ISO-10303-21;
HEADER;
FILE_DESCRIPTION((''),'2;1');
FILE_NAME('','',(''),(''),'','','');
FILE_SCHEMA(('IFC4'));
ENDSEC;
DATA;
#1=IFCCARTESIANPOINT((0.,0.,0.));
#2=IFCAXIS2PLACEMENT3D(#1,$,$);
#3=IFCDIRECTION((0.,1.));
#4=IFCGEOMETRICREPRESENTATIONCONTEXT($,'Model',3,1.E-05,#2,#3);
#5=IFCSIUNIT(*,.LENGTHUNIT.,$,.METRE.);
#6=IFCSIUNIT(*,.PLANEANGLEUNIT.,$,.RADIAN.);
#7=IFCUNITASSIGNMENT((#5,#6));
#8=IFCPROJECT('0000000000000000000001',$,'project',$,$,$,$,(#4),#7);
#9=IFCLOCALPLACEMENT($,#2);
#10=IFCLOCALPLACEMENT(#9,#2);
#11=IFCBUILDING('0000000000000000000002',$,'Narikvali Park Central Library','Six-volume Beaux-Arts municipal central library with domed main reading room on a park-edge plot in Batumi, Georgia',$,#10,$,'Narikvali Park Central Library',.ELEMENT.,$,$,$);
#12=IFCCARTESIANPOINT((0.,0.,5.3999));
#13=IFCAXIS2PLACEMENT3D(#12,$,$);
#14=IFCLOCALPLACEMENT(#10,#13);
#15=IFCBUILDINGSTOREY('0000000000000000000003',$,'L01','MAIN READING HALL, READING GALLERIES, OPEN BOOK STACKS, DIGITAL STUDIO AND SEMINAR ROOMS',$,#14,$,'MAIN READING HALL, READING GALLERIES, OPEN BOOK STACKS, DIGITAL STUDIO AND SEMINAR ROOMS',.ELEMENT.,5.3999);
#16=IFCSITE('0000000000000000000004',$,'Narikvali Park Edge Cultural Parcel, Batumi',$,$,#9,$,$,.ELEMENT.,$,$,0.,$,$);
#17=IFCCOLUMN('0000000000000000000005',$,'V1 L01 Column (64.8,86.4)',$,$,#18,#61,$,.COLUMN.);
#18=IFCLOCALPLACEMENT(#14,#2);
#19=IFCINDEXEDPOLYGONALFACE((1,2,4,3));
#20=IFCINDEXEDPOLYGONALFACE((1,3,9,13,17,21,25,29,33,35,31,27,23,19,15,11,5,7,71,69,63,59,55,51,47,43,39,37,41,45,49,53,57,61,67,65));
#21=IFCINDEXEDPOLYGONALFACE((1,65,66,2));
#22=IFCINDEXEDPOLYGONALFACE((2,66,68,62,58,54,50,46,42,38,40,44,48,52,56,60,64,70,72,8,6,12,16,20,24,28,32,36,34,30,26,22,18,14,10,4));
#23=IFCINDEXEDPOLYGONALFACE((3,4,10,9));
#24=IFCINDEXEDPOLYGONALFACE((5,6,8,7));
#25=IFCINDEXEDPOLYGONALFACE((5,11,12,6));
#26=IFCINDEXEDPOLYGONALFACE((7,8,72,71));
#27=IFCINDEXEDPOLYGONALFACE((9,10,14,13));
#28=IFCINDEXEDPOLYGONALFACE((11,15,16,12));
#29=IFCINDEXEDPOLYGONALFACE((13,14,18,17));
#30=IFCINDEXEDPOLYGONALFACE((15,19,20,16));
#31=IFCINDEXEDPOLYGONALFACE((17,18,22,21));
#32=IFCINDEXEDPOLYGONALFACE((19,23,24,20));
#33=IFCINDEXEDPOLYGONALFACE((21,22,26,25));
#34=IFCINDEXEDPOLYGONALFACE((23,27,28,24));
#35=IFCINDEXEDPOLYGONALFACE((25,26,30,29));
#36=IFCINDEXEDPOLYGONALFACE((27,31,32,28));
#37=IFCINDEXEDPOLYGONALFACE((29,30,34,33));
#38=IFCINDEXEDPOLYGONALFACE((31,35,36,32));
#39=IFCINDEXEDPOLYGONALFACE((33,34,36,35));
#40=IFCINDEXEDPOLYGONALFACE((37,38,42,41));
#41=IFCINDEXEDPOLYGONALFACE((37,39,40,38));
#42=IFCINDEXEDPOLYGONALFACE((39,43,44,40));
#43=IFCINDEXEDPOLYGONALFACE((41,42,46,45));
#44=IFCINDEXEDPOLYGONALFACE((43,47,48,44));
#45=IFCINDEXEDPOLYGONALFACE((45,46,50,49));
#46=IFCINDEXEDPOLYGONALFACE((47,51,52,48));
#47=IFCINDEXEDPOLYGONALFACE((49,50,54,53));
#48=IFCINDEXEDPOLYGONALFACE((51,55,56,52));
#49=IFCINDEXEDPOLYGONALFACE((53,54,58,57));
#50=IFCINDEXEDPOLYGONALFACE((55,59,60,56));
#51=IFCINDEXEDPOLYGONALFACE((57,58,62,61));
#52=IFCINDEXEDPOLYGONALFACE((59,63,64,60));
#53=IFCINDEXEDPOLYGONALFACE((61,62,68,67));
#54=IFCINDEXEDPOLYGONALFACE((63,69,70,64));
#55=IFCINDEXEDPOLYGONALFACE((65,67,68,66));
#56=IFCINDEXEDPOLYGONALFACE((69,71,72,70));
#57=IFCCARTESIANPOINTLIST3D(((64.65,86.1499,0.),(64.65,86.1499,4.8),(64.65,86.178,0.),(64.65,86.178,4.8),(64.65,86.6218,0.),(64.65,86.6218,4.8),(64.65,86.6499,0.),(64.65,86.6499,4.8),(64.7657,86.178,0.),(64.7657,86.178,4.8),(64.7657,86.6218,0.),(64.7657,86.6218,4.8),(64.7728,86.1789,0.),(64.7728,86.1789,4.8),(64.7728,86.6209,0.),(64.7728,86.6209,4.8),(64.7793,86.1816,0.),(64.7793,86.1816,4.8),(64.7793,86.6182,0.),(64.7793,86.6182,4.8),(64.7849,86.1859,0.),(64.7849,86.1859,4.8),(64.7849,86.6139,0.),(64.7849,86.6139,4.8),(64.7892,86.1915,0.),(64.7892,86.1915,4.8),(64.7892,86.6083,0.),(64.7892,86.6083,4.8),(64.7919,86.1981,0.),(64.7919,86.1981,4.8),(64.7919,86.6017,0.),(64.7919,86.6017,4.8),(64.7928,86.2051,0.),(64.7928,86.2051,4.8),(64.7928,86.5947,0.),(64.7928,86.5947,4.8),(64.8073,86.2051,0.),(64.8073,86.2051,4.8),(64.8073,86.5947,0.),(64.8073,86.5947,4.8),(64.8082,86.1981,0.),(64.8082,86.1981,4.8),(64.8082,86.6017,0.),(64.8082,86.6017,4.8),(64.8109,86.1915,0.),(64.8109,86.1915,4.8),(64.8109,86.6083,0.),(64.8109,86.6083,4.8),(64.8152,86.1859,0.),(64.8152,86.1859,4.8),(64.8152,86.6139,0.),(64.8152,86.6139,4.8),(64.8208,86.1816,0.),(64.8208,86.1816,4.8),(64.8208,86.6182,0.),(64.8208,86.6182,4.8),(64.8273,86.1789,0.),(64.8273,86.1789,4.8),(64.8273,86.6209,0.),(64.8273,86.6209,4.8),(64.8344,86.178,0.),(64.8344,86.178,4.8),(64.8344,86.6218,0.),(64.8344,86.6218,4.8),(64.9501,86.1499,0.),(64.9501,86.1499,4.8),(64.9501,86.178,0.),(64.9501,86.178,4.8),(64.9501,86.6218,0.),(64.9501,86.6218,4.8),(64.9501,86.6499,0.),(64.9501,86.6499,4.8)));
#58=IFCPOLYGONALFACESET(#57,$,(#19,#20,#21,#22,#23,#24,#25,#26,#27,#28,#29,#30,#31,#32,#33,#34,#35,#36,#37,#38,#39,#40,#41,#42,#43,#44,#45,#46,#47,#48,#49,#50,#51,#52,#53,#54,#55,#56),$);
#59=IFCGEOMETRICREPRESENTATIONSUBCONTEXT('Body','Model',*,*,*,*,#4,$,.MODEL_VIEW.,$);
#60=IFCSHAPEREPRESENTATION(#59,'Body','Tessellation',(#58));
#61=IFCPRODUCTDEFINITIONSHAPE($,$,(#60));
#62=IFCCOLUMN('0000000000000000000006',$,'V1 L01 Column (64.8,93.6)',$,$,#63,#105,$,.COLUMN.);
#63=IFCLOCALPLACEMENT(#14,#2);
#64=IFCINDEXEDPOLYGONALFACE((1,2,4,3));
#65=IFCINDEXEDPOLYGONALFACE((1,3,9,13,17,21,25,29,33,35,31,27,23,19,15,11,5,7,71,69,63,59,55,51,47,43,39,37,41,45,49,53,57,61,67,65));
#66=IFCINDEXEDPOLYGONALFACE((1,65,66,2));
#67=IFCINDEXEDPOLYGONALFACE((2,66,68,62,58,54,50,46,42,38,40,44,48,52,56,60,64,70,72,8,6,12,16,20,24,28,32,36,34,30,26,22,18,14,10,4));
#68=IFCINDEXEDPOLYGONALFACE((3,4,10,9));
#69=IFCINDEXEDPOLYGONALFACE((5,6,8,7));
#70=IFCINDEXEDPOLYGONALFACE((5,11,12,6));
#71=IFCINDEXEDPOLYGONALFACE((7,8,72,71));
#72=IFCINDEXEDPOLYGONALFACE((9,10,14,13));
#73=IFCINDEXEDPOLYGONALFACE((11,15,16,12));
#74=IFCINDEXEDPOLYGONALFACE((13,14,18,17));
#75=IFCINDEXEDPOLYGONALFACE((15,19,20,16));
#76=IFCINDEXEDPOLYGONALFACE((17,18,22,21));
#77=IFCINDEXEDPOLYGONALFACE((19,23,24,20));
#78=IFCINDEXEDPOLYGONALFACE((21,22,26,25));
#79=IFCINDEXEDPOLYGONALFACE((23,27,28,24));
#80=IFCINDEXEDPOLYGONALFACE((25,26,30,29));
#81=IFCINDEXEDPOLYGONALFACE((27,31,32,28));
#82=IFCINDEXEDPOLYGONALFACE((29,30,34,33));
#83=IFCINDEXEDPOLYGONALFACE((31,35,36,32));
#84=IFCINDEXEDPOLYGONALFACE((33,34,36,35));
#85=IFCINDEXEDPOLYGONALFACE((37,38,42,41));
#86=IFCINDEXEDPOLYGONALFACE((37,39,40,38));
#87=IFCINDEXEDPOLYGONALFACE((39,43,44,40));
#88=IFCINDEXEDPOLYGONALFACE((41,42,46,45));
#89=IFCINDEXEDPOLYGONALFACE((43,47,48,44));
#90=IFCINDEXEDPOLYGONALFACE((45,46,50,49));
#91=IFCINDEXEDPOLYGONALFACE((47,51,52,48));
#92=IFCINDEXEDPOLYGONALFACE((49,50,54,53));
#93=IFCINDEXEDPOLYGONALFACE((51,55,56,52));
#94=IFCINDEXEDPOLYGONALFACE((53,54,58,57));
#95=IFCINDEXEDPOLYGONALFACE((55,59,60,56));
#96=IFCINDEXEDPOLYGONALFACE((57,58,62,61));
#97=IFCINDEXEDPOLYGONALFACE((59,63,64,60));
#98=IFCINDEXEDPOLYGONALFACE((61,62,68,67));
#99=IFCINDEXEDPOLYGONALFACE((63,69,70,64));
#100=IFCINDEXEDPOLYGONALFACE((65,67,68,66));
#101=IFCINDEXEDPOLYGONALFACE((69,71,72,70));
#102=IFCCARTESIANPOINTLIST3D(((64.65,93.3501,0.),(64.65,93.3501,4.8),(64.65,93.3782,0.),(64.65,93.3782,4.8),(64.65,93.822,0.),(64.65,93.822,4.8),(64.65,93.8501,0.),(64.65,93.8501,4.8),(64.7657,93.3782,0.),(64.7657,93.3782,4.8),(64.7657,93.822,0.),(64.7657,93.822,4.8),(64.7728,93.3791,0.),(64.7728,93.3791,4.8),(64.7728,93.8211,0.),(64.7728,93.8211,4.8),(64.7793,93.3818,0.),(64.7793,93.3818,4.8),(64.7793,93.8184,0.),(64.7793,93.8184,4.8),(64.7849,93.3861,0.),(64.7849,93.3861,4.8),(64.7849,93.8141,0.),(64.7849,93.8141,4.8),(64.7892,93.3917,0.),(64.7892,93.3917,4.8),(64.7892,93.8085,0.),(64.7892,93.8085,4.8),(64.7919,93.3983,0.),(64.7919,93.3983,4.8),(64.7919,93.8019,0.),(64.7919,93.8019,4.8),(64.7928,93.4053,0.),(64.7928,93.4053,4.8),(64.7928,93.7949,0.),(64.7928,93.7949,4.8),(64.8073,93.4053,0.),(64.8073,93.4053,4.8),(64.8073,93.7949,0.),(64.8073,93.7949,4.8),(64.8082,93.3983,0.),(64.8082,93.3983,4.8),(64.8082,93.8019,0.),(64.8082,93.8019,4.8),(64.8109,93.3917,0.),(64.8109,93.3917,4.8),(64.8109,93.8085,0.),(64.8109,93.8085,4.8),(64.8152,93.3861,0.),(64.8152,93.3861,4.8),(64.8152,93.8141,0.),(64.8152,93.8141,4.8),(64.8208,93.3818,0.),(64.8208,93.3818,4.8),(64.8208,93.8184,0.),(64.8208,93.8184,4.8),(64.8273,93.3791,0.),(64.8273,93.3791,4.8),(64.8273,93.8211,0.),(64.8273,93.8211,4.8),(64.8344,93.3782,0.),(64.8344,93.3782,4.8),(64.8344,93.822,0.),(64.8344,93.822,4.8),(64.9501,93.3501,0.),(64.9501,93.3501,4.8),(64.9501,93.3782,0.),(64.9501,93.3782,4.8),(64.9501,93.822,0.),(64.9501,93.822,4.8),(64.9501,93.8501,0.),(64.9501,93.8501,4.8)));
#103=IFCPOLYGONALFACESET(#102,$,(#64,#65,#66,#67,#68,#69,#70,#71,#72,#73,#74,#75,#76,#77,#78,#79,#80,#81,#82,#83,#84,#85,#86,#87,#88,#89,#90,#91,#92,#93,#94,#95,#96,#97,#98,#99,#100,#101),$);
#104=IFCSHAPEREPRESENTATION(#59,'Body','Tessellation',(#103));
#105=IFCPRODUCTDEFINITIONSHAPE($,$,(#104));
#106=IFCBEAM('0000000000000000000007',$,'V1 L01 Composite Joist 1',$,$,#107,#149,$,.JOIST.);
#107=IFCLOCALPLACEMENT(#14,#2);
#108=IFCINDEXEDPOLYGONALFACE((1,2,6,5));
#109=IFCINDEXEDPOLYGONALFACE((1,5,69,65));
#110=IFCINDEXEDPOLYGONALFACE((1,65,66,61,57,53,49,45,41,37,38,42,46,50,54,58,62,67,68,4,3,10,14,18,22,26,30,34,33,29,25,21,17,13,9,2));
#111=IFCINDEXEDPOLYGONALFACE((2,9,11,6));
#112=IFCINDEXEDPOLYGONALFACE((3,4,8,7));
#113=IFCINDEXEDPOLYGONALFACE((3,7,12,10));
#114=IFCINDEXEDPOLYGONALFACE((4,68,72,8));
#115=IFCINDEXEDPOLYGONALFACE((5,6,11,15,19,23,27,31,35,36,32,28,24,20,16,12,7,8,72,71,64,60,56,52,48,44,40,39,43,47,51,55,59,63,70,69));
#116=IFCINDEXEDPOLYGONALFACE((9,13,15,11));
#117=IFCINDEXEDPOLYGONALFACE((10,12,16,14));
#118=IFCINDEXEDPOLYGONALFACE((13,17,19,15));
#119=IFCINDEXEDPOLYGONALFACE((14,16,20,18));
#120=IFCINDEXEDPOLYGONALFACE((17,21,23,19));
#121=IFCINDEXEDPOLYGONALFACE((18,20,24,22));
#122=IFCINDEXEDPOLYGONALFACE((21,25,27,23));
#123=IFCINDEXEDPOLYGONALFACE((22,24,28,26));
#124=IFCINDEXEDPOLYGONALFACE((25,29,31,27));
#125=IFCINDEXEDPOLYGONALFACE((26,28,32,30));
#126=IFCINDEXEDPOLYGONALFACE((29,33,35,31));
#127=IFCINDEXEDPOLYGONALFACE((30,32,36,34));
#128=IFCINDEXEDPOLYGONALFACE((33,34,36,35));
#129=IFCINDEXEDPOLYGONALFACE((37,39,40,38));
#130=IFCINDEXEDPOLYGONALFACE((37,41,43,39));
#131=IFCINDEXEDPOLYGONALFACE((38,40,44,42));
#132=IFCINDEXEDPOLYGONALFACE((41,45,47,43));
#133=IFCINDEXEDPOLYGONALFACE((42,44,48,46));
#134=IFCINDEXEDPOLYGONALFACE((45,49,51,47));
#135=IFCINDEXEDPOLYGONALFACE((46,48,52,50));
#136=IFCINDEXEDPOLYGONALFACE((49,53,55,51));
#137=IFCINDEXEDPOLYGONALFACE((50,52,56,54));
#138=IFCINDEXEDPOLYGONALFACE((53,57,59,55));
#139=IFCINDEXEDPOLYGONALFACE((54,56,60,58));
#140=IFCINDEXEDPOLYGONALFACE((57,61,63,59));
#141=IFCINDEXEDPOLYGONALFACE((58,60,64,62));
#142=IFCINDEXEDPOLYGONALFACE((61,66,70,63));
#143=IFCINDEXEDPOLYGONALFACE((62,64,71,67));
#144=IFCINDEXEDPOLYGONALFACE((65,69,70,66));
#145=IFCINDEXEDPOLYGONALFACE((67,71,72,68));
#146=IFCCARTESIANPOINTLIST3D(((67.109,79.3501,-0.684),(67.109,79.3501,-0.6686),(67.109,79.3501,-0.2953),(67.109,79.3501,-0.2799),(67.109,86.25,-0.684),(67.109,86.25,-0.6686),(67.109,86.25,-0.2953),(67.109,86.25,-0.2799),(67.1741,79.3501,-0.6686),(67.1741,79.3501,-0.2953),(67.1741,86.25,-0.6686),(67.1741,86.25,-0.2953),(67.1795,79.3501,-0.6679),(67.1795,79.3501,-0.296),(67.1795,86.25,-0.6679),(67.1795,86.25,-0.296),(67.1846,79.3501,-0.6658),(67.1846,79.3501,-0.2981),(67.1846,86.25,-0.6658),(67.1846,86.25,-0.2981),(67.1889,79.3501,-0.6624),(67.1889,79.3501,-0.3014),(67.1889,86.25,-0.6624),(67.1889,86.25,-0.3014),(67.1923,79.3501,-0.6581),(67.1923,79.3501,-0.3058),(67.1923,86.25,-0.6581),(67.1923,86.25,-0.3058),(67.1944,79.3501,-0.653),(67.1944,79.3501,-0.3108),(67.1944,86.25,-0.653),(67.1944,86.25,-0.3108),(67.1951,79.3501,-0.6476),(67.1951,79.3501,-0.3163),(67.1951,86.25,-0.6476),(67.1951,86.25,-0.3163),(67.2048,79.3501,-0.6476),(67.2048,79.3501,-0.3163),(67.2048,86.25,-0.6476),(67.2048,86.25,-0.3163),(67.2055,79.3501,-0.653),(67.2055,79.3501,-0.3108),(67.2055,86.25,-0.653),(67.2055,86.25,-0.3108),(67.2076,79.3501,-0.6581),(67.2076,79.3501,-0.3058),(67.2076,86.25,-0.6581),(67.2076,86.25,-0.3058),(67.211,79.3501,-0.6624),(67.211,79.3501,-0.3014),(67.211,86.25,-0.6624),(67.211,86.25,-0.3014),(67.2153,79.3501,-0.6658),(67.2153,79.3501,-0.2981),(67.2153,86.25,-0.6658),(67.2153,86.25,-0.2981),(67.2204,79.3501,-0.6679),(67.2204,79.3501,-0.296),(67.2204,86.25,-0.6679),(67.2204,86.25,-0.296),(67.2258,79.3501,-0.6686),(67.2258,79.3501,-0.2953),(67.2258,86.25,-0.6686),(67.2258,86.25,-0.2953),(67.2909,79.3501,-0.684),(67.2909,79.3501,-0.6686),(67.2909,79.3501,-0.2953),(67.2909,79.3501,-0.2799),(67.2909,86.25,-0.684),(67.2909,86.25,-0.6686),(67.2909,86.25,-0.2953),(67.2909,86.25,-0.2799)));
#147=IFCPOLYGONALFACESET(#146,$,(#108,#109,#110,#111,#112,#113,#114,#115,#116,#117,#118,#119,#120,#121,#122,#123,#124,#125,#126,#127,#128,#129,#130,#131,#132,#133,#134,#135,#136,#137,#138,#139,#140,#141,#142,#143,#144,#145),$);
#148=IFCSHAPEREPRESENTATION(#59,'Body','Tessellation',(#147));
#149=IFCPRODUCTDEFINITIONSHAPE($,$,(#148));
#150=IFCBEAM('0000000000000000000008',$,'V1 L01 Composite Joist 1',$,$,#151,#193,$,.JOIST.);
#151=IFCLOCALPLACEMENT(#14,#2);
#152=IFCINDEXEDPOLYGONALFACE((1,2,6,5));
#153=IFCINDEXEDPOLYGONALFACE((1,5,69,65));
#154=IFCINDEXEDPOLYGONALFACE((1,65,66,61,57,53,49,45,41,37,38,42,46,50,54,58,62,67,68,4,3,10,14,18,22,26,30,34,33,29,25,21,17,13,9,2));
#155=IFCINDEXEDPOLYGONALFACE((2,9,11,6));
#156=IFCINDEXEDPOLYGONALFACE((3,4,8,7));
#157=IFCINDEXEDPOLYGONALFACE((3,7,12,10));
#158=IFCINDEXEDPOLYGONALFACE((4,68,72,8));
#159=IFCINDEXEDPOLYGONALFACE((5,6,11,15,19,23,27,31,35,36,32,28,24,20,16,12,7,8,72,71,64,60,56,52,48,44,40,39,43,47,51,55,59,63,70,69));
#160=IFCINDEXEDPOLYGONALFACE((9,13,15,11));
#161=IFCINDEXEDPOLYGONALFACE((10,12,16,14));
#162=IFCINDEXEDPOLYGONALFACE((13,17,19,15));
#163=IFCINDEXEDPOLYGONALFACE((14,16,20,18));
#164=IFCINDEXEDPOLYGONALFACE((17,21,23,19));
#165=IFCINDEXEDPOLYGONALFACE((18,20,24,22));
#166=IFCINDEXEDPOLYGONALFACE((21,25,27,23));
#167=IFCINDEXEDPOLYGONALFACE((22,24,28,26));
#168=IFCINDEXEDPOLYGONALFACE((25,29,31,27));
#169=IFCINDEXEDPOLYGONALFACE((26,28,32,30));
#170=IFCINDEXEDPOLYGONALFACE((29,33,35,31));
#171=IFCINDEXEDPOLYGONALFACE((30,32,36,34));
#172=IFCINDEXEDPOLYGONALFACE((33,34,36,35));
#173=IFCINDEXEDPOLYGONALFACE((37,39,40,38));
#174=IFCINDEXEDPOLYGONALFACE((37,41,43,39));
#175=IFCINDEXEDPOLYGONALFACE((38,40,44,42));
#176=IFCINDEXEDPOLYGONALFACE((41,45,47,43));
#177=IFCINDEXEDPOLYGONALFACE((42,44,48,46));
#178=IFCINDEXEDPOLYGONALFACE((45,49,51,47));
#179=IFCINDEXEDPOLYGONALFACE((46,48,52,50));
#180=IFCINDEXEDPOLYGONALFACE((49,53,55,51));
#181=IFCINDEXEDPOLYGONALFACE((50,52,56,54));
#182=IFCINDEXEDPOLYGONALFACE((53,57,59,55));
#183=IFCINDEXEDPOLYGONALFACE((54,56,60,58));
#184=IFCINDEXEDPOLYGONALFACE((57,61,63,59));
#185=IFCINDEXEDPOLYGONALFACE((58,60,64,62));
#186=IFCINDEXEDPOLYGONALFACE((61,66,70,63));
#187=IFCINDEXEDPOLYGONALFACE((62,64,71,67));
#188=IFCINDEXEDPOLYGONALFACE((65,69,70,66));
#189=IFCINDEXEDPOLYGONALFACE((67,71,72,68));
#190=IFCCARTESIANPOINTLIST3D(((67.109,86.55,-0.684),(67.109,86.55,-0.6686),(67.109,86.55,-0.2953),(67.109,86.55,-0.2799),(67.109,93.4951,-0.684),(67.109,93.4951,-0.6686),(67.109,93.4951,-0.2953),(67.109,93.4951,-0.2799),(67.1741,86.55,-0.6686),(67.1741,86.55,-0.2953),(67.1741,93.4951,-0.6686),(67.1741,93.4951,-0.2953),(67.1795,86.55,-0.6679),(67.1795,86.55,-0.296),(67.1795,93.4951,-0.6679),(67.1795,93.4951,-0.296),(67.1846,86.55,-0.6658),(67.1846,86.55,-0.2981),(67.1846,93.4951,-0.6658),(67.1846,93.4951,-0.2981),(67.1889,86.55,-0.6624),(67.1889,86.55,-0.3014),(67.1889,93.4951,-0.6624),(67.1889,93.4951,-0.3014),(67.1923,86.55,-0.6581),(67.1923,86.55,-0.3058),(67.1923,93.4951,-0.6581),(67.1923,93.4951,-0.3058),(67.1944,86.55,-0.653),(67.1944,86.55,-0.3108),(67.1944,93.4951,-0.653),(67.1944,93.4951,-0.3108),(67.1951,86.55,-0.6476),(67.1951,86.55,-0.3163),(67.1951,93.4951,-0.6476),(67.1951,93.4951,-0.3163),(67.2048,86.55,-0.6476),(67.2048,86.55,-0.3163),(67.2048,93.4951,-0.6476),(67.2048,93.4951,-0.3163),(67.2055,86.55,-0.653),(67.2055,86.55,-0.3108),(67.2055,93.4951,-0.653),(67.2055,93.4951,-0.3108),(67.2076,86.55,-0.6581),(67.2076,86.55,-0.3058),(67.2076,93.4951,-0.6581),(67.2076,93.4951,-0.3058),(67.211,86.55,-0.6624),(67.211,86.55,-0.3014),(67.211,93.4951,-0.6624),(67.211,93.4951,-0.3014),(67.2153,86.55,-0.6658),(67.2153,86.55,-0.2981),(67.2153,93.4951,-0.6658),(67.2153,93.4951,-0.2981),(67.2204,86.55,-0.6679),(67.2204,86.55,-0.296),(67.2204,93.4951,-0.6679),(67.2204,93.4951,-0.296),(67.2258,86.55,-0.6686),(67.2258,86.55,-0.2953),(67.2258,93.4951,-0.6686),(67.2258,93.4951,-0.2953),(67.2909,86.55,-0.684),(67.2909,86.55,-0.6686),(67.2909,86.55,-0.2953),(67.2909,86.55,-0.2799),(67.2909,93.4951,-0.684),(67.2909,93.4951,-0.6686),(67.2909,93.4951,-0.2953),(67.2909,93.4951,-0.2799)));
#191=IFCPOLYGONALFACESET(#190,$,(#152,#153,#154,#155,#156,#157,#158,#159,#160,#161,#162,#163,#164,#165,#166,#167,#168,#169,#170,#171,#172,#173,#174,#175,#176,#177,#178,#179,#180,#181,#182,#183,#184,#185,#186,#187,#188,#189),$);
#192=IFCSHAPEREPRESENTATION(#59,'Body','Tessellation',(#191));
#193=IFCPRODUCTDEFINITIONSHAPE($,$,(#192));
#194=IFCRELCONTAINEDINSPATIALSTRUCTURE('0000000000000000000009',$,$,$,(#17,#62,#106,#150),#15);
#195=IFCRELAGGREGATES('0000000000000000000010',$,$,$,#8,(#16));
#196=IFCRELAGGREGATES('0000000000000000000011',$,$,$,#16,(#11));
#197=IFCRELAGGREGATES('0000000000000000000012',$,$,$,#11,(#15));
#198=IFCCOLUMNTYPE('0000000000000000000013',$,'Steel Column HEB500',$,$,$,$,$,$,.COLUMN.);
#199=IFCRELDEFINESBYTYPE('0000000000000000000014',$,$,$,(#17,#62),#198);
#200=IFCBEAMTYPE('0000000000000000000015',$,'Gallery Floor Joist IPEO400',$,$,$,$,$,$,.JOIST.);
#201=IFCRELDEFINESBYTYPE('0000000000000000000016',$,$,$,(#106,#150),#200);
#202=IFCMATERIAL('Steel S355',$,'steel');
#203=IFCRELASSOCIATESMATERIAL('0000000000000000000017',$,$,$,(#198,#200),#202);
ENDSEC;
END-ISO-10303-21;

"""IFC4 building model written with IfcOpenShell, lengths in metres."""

from ifc_helpers import new_model, si_unit, direction, frame, origin, origin_2d, place, context, subcontext, project, spatial, i_section, extrude, material, material_profile, profile_set, type_object, element, save


model = new_model("IFC4")

# Units and contexts
model_context = context("Model", 3, precision=1e-05, world=origin(), true_north=direction((0.0, 1.0)))
body_context = subcontext(model_context, "Body", "Model", "MODEL_VIEW")
ifc_project = project(units=[si_unit("LENGTHUNIT", "METRE"), si_unit("PLANEANGLEUNIT", "RADIAN")], contexts=[model_context])

# Site, building, storey
site_placement = place(None, origin())
site = spatial("IfcSite", under=ifc_project, at=site_placement, Name="Narikvali Park Edge Cultural Parcel, Batumi", CompositionType="ELEMENT", RefElevation=0.0)
building_placement = place(site_placement, origin())
building = spatial("IfcBuilding", under=site, at=building_placement, Name="Narikvali Park Central Library", Description="Six-volume Beaux-Arts municipal central library with domed main reading room on a park-edge plot in Batumi, Georgia", LongName="Narikvali Park Central Library", CompositionType="ELEMENT")
storey_placement = place(building_placement, frame((0.0, 0.0, 5.3999)))
storey = spatial("IfcBuildingStorey", under=building, at=storey_placement, Name="L01", Description="MAIN READING HALL, READING GALLERIES, OPEN BOOK STACKS, DIGITAL STUDIO AND SEMINAR ROOMS", LongName="MAIN READING HALL, READING GALLERIES, OPEN BOOK STACKS, DIGITAL STUDIO AND SEMINAR ROOMS", CompositionType="ELEMENT", Elevation=5.3999)

# Columns
ifc_material_1 = material(Name="Steel S355", Category="steel")
ifc_material_profile_1 = material_profile(ifc_material_1, i_section(OverallWidth=0.3, OverallDepth=0.5, WebThickness=0.0144, FlangeThickness=0.0281, FilletRadius=0.0271, at=origin_2d()), Name="HEB 500")
ifc_profile_set_1 = profile_set([ifc_material_profile_1], Name="Steel S355")
column_type = type_object("IfcColumnType", Name="Steel Column HEB500", PredefinedType="COLUMN", material=ifc_profile_set_1)
for number, where, z_axis, x_axis, name in (
    (1, (64.8, 86.3999, 0.0), (0.0, 0.0, 1.0), (1.0, 0.0, 0.0), "V1 L01 Column (64.8,86.4)"),
    (2, (64.8, 93.6001, 0.0), (0.0, 0.0, 1.0), (1.0, 0.0, 0.0), "V1 L01 Column (64.8,93.6)"),
):
    element("IfcColumn", number, at=place(storey_placement, frame(where, z_axis=z_axis, x_axis=x_axis)), inside=storey, type_object=column_type, Name=name, PredefinedType="COLUMN", context=body_context, shape_type="SweptSolid", body=[
        extrude(i_section(OverallWidth=0.3, OverallDepth=0.5, WebThickness=0.0144, FlangeThickness=0.0281, FilletRadius=0.0271, at=origin_2d()), origin(), (0.0, 0.0, 1.0), 4.8),
    ])

# Beams
ifc_material_profile_2 = material_profile(ifc_material_1, i_section(OverallWidth=0.1819, OverallDepth=0.4041, WebThickness=0.0098, FlangeThickness=0.0154, FilletRadius=0.021, at=origin_2d()), Name="IPEO 400")
ifc_profile_set_2 = profile_set([ifc_material_profile_2], Name="Steel S355")
beam_type_1 = type_object("IfcBeamType", Name="Gallery Floor Joist IPEO400", PredefinedType="JOIST", material=ifc_profile_set_2)
beam_1_placement = place(storey_placement, frame((67.2, 79.3501, -0.4819), z_axis=(0.0, 1.0, 0.0), x_axis=(-1.0, 0.0, 0.0)))
element("IfcBeam", 3, at=beam_1_placement, inside=storey, type_object=beam_type_1, Name="V1 L01 Composite Joist 1", PredefinedType="JOIST", context=body_context, shape_type="SweptSolid", body=[
    extrude(i_section(OverallWidth=0.1819, OverallDepth=0.4041, WebThickness=0.0098, FlangeThickness=0.0154, FilletRadius=0.021, at=origin_2d()), origin(), (0.0, 0.0, 1.0), 6.8999),
])
beam_2_placement = place(storey_placement, frame((67.2, 86.55, -0.4819), z_axis=(0.0, 1.0, 0.0), x_axis=(-1.0, 0.0, 0.0)))
element("IfcBeam", 4, at=beam_2_placement, inside=storey, type_object=beam_type_1, Name="V1 L01 Composite Joist 1", PredefinedType="JOIST", context=body_context, shape_type="SweptSolid", body=[
    extrude(i_section(OverallWidth=0.1819, OverallDepth=0.4041, WebThickness=0.0098, FlangeThickness=0.0154, FilletRadius=0.021, at=origin_2d()), origin(), (0.0, 0.0, 1.0), 6.9451),
])

save(model, "model.ifc")
